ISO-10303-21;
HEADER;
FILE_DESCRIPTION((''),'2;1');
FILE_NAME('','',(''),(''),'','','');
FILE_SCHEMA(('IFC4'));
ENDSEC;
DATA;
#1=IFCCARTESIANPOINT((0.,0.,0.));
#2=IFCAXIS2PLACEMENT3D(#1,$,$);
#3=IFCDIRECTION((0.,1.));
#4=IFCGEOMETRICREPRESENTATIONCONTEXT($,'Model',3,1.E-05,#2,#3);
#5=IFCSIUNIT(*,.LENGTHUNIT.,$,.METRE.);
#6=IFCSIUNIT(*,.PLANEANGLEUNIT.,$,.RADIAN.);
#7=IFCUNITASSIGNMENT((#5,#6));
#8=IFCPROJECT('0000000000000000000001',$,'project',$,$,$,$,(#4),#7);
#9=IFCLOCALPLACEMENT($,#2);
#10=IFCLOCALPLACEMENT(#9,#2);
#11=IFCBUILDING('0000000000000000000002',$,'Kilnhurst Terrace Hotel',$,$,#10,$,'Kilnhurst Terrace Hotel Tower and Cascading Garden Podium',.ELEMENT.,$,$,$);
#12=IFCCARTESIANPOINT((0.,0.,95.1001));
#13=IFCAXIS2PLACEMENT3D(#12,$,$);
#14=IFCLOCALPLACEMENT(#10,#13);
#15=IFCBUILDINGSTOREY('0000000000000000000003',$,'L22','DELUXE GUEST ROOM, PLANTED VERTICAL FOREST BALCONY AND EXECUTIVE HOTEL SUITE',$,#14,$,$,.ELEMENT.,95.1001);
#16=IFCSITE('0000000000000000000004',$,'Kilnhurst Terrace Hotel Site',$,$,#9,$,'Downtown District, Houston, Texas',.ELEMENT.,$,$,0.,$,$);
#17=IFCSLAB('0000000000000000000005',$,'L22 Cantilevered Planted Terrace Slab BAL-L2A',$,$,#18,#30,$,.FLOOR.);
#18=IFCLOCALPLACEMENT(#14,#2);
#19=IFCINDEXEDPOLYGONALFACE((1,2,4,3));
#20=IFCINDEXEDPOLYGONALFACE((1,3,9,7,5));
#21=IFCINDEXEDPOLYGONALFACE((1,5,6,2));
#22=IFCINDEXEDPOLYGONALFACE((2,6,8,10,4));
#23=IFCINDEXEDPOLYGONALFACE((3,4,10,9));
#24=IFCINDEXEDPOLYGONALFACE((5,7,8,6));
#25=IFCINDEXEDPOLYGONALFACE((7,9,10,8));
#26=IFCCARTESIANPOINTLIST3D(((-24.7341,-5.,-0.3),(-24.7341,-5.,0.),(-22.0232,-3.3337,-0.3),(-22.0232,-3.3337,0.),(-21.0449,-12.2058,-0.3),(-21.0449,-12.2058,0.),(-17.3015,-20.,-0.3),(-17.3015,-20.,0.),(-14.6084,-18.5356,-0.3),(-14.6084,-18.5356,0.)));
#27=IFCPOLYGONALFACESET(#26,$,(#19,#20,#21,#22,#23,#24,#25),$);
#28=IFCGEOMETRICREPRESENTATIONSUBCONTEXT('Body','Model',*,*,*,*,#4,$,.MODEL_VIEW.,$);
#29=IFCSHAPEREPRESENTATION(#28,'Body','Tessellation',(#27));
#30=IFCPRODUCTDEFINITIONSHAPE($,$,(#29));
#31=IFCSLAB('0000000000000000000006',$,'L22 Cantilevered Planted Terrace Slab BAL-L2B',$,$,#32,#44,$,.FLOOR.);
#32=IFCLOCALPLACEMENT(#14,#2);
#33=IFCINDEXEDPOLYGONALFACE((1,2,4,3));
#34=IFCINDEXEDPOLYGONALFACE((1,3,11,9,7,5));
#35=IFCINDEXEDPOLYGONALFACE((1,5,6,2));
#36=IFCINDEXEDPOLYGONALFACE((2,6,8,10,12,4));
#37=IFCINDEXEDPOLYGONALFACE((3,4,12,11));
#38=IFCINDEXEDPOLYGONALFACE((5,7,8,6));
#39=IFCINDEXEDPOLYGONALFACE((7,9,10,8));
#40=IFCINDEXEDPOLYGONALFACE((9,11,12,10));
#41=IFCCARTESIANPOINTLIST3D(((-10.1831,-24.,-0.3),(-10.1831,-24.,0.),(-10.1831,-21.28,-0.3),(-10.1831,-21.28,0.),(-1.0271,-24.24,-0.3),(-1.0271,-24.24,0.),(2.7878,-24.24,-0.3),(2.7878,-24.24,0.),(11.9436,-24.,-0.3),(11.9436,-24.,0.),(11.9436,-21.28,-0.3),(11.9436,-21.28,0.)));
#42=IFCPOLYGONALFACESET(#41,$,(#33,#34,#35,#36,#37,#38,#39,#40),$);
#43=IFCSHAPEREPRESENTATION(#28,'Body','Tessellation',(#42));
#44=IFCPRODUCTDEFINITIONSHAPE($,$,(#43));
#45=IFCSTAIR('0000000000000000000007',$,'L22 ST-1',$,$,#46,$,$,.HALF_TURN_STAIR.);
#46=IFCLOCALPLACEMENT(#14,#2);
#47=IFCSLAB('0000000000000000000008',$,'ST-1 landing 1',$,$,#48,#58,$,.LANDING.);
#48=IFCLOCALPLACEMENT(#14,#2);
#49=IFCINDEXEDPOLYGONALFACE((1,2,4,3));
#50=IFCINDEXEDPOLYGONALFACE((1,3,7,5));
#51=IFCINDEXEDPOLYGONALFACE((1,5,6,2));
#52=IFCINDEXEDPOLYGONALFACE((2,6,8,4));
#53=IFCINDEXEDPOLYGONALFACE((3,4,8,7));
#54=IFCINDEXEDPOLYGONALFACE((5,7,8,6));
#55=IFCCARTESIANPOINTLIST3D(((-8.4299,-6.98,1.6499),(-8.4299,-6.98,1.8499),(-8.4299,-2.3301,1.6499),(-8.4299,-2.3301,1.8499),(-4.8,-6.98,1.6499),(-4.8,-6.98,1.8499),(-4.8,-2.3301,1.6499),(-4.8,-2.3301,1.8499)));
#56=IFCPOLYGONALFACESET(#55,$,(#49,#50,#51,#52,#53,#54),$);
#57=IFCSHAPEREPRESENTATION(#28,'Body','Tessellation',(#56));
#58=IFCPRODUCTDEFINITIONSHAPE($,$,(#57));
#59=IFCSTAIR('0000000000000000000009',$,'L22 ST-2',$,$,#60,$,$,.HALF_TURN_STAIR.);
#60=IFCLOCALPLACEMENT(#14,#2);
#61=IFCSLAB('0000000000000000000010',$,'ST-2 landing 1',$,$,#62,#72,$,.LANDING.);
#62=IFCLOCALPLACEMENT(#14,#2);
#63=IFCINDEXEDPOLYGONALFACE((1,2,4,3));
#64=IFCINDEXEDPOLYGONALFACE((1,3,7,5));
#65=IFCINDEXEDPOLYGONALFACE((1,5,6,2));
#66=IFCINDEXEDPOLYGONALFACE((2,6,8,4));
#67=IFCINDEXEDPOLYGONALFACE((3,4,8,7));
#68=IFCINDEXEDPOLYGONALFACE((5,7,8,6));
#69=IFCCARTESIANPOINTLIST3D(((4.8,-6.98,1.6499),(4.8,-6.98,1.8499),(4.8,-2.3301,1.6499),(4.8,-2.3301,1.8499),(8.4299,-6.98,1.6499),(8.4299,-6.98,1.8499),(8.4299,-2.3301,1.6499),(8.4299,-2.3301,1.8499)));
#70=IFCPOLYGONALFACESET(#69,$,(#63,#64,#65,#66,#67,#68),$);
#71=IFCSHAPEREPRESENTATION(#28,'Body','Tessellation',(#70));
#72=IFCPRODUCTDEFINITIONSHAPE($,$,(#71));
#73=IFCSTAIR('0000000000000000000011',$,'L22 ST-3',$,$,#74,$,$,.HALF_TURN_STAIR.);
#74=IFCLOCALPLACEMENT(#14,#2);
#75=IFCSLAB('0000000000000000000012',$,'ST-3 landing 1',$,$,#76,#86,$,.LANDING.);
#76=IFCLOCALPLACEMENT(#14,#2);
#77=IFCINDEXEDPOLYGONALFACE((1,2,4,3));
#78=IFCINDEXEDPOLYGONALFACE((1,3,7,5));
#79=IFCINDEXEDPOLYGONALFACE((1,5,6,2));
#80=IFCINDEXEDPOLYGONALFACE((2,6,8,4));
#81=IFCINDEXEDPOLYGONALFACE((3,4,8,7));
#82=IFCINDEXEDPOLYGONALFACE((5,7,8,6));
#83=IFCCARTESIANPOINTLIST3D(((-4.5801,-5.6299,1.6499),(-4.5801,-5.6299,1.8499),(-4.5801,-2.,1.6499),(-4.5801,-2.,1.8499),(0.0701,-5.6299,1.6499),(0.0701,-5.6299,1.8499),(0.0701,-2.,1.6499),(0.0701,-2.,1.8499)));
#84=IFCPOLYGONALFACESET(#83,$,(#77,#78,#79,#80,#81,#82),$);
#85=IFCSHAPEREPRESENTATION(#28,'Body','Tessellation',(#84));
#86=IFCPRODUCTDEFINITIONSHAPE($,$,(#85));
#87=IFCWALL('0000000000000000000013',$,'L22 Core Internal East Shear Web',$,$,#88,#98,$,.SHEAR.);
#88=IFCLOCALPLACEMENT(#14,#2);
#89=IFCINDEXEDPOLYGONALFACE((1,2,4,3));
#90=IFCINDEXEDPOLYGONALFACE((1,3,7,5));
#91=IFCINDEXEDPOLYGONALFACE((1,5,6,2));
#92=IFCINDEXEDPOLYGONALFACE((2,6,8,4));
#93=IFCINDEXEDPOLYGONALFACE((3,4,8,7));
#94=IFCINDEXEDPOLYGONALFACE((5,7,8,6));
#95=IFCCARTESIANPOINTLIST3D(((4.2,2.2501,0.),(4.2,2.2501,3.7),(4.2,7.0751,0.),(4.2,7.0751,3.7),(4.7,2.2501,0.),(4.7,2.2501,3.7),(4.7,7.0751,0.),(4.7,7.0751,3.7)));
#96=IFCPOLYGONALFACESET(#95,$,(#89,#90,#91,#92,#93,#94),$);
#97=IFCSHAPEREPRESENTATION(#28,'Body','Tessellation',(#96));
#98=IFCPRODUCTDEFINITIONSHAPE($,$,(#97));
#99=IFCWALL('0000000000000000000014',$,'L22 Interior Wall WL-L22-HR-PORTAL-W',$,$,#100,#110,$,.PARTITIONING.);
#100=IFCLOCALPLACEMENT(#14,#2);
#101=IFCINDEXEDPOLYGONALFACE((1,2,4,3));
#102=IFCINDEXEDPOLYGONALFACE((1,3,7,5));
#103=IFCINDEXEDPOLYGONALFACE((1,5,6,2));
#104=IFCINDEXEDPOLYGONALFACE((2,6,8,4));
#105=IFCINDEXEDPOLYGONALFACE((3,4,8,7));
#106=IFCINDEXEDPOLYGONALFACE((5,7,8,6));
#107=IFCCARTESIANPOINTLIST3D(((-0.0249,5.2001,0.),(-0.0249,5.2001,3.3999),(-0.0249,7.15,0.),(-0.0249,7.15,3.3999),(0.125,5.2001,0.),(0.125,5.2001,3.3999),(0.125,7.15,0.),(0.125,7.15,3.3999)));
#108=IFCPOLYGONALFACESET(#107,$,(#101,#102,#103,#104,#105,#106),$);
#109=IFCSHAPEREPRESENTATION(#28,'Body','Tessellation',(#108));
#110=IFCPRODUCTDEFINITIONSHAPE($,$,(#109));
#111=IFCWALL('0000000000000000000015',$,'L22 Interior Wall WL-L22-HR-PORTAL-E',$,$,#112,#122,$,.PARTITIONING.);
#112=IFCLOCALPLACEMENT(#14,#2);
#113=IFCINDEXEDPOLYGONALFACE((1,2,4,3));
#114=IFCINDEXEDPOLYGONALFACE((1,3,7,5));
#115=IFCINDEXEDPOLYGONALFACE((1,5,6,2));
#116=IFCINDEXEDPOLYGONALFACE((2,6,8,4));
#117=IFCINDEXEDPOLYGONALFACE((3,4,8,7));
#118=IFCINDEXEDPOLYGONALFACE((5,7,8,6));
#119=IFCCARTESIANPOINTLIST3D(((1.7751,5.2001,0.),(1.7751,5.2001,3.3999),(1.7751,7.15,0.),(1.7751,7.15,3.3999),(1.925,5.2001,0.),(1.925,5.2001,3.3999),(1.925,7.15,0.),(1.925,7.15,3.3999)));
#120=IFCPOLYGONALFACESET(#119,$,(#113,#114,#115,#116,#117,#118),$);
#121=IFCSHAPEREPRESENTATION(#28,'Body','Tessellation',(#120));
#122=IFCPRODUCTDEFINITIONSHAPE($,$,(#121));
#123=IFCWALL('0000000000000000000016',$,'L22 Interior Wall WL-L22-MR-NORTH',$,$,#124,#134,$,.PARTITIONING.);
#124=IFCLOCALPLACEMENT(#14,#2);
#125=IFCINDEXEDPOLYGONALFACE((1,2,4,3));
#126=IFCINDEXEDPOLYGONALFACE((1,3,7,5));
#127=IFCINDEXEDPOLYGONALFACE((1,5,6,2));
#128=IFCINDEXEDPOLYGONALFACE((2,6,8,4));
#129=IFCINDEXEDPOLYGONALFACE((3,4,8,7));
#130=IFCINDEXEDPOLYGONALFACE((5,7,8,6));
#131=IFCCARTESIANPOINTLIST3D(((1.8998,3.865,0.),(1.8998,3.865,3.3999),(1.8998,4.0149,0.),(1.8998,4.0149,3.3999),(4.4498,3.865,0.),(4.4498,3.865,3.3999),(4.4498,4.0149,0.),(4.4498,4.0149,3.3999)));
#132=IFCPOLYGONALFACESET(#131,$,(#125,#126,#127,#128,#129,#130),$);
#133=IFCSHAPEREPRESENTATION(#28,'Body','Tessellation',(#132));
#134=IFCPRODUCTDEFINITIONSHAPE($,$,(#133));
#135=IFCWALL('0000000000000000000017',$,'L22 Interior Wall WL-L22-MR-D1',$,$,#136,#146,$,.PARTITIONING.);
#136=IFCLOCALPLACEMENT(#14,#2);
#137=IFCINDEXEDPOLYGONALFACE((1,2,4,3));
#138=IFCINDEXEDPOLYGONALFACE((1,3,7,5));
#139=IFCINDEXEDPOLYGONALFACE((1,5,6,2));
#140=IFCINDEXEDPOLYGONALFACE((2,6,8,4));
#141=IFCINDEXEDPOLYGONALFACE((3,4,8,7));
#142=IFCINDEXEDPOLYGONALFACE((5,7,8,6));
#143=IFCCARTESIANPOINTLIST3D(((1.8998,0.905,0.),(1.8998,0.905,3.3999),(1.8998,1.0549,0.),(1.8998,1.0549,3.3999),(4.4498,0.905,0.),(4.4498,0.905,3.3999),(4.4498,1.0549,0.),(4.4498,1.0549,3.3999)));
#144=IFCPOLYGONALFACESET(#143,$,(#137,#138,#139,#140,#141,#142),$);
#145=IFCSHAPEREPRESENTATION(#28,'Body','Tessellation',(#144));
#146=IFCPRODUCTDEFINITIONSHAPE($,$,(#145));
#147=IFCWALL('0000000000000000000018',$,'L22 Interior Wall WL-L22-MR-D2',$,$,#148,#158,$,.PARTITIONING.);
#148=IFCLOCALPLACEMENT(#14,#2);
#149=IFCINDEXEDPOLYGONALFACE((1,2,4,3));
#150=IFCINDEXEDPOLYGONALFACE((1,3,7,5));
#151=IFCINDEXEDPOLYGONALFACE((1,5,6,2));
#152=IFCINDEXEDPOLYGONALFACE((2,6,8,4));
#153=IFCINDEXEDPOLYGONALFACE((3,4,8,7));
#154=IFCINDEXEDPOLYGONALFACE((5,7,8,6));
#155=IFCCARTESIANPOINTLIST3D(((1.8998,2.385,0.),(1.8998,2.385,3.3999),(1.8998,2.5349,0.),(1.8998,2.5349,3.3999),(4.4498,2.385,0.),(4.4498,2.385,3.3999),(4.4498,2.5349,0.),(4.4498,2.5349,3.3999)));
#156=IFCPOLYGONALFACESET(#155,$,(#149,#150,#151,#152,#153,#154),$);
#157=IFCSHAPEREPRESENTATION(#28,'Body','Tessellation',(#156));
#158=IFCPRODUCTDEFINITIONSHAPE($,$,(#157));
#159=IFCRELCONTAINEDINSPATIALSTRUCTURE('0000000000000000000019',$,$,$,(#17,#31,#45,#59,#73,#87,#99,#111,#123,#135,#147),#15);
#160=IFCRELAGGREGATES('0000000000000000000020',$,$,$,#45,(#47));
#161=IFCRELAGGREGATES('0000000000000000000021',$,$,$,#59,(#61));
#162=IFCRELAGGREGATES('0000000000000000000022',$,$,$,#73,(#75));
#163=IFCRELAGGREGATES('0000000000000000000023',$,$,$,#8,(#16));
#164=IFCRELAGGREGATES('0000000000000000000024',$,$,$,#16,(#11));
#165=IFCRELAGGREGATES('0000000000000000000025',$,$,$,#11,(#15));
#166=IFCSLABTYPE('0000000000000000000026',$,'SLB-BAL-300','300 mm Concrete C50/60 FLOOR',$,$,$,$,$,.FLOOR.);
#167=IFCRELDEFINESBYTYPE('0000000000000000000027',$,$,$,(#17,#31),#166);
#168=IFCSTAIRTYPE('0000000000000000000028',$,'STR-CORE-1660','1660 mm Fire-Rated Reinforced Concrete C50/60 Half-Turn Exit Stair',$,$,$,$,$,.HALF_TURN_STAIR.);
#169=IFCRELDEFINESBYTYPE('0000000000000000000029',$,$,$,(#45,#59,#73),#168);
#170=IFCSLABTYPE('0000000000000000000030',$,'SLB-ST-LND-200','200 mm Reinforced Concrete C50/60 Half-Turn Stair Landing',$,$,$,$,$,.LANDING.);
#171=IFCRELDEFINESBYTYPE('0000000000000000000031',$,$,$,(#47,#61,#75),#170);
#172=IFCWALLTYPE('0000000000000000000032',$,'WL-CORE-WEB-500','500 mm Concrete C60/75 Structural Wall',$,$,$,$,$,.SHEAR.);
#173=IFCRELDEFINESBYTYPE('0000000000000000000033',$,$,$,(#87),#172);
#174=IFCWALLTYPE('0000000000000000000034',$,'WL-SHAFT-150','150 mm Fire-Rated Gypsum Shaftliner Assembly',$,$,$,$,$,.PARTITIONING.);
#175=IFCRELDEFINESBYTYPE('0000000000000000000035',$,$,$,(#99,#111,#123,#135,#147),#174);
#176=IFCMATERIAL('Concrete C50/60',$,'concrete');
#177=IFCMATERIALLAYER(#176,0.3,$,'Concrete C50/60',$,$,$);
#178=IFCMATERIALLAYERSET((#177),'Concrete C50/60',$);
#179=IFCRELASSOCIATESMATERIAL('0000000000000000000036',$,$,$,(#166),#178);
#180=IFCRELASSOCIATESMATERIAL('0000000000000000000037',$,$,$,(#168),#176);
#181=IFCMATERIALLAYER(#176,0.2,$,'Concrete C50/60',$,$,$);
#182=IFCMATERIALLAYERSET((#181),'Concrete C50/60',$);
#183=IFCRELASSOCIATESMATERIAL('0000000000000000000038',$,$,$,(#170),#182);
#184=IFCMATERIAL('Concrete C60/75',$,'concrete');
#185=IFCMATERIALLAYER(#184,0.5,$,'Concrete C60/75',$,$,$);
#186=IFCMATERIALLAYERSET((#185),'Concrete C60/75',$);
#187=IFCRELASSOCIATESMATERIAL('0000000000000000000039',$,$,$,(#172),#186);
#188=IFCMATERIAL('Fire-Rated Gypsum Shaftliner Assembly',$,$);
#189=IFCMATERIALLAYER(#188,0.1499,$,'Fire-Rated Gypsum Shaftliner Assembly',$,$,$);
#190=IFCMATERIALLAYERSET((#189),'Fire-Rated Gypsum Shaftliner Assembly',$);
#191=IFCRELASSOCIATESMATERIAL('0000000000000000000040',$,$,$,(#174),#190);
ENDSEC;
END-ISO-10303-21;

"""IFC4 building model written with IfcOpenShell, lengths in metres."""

from ifc_helpers import new_model, si_unit, direction, frame, frame_2d, origin, place, context, subcontext, project, spatial, polyline, rectangle, outline, extrude, material, layer, layer_set, type_object, element, aggregate, save


model = new_model("IFC4")

# Units and contexts
model_context = context("Model", 3, precision=1e-05, world=origin(), true_north=direction((0.0, 1.0)))
body_context = subcontext(model_context, "Body", "Model", "MODEL_VIEW")
ifc_project = project(units=[si_unit("LENGTHUNIT", "METRE"), si_unit("PLANEANGLEUNIT", "RADIAN")], contexts=[model_context])

# Site, building, storey
site_placement = place(None, origin())
site = spatial("IfcSite", under=ifc_project, at=site_placement, Name="Kilnhurst Terrace Hotel Site", LongName="Downtown District, Houston, Texas", CompositionType="ELEMENT", RefElevation=0.0)
building_placement = place(site_placement, origin())
building = spatial("IfcBuilding", under=site, at=building_placement, Name="Kilnhurst Terrace Hotel", LongName="Kilnhurst Terrace Hotel Tower and Cascading Garden Podium", CompositionType="ELEMENT")
storey_placement = place(building_placement, frame((0.0, 0.0, 95.1001)))
storey = spatial("IfcBuildingStorey", under=building, at=storey_placement, Name="L22", Description="DELUXE GUEST ROOM, PLANTED VERTICAL FOREST BALCONY AND EXECUTIVE HOTEL SUITE", CompositionType="ELEMENT", Elevation=95.1001)

# Slabs
ifc_material_1 = material(Name="Concrete C50/60", Category="concrete")
ifc_layer_1 = layer(ifc_material_1, 0.3, Name="Concrete C50/60")
ifc_layer_set_1 = layer_set([ifc_layer_1], Name="Concrete C50/60")
slab_type_1 = type_object("IfcSlabType", Name="SLB-BAL-300", Description="300 mm Concrete C50/60 FLOOR", PredefinedType="FLOOR", material=ifc_layer_set_1)
slab_1_placement = place(storey_placement, frame((0.0, 0.0, -0.3)))
element("IfcSlab", 1, at=slab_1_placement, inside=storey, type_object=slab_type_1, Name="L22 Cantilevered Planted Terrace Slab BAL-L2A", PredefinedType="FLOOR", context=body_context, shape_type="SweptSolid", body=[
    extrude(outline(polyline([(-24.7341, -5.0), (-22.0232, -3.3337), (-14.6084, -18.5356), (-17.3015, -20.0), (-21.0449, -12.2058), (-24.7341, -5.0)])), origin(), (0.0, 0.0, 1.0), 0.3),
])
slab_2_placement = place(storey_placement, frame((0.0, 0.0, -0.3)))
element("IfcSlab", 2, at=slab_2_placement, inside=storey, type_object=slab_type_1, Name="L22 Cantilevered Planted Terrace Slab BAL-L2B", PredefinedType="FLOOR", context=body_context, shape_type="SweptSolid", body=[
    extrude(outline(polyline([(-1.0271, -24.24), (-10.1831, -24.0), (-10.1831, -21.28), (11.9436, -21.28), (11.9436, -24.0), (2.7878, -24.24), (-1.0271, -24.24)])), origin(), (0.0, 0.0, 1.0), 0.3),
])

# Stairs, slabs
stair_type = type_object("IfcStairType", Name="STR-CORE-1660", Description="1660 mm Fire-Rated Reinforced Concrete C50/60 Half-Turn Exit Stair", PredefinedType="HALF_TURN_STAIR", material=ifc_material_1)
stair_1_placement = place(storey_placement, origin())
stair_1 = element("IfcStair", 3, at=stair_1_placement, inside=storey, type_object=stair_type, Name="L22 ST-1", PredefinedType="HALF_TURN_STAIR")
ifc_layer_2 = layer(ifc_material_1, 0.2, Name="Concrete C50/60")
ifc_layer_set_2 = layer_set([ifc_layer_2], Name="Concrete C50/60")
slab_type_2 = type_object("IfcSlabType", Name="SLB-ST-LND-200", Description="200 mm Reinforced Concrete C50/60 Half-Turn Stair Landing", PredefinedType="LANDING", material=ifc_layer_set_2)
slab_3_placement = place(storey_placement, frame((0.0, 0.0, 1.6499)))
slab_3 = element("IfcSlab", 4, at=slab_3_placement, type_object=slab_type_2, Name="ST-1 landing 1", PredefinedType="LANDING", context=body_context, shape_type="SweptSolid", body=[
    extrude(outline(polyline([(-8.4299, -2.3301), (-4.8, -2.3301), (-4.8, -6.98), (-8.4299, -6.98), (-8.4299, -2.3301)])), origin(), (0.0, 0.0, 1.0), 0.2),
])
aggregate(stair_1, [slab_3])
stair_2_placement = place(storey_placement, origin())
stair_2 = element("IfcStair", 5, at=stair_2_placement, inside=storey, type_object=stair_type, Name="L22 ST-2", PredefinedType="HALF_TURN_STAIR")
slab_4_placement = place(storey_placement, frame((0.0, 0.0, 1.6499)))
slab_4 = element("IfcSlab", 6, at=slab_4_placement, type_object=slab_type_2, Name="ST-2 landing 1", PredefinedType="LANDING", context=body_context, shape_type="SweptSolid", body=[
    extrude(outline(polyline([(4.8, -2.3301), (8.4299, -2.3301), (8.4299, -6.98), (4.8, -6.98), (4.8, -2.3301)])), origin(), (0.0, 0.0, 1.0), 0.2),
])
aggregate(stair_2, [slab_4])
stair_3_placement = place(storey_placement, origin())
stair_3 = element("IfcStair", 7, at=stair_3_placement, inside=storey, type_object=stair_type, Name="L22 ST-3", PredefinedType="HALF_TURN_STAIR")
slab_5_placement = place(storey_placement, frame((0.0, 0.0, 1.6499)))
slab_5 = element("IfcSlab", 8, at=slab_5_placement, type_object=slab_type_2, Name="ST-3 landing 1", PredefinedType="LANDING", context=body_context, shape_type="SweptSolid", body=[
    extrude(outline(polyline([(0.0701, -2.0), (0.0701, -5.6299), (-4.5801, -5.6299), (-4.5801, -2.0), (0.0701, -2.0)])), origin(), (0.0, 0.0, 1.0), 0.2),
])
aggregate(stair_3, [slab_5])

# Walls
ifc_material_2 = material(Name="Concrete C60/75", Category="concrete")
ifc_layer_3 = layer(ifc_material_2, 0.5, Name="Concrete C60/75")
ifc_layer_set_3 = layer_set([ifc_layer_3], Name="Concrete C60/75")
wall_type_1 = type_object("IfcWallType", Name="WL-CORE-WEB-500", Description="500 mm Concrete C60/75 Structural Wall", PredefinedType="SHEAR", material=ifc_layer_set_3)
wall_1_placement = place(storey_placement, frame((4.45, 2.25, 0.0), z_axis=(0.0, 0.0, 1.0), x_axis=(0.0, 1.0, 0.0)))
element("IfcWall", 9, at=wall_1_placement, inside=storey, type_object=wall_type_1, Name="L22 Core Internal East Shear Web", PredefinedType="SHEAR", context=body_context, shape_type="SweptSolid", body=[
    extrude(rectangle(XDim=4.825, YDim=0.5, at=frame_2d((2.4126, 0.0))), origin(), (0.0, 0.0, 1.0), 3.7),
])
ifc_material_3 = material(Name="Fire-Rated Gypsum Shaftliner Assembly")
ifc_layer_4 = layer(ifc_material_3, 0.1499, Name="Fire-Rated Gypsum Shaftliner Assembly")
ifc_layer_set_4 = layer_set([ifc_layer_4], Name="Fire-Rated Gypsum Shaftliner Assembly")
wall_type_2 = type_object("IfcWallType", Name="WL-SHAFT-150", Description="150 mm Fire-Rated Gypsum Shaftliner Assembly", PredefinedType="PARTITIONING", material=ifc_layer_set_4)
for number, where, z_axis, x_axis, name in (
    (10, (0.05, 5.2, 0.0), (0.0, 0.0, 1.0), (0.0, 1.0, 0.0), "L22 Interior Wall WL-L22-HR-PORTAL-W"),
    (11, (1.8501, 5.2, 0.0), (0.0, 0.0, 1.0), (0.0, 1.0, 0.0), "L22 Interior Wall WL-L22-HR-PORTAL-E"),
):
    element("IfcWall", number, at=place(storey_placement, frame(where, z_axis=z_axis, x_axis=x_axis)), inside=storey, type_object=wall_type_2, Name=name, PredefinedType="PARTITIONING", context=body_context, shape_type="SweptSolid", body=[
        extrude(rectangle(XDim=1.95, YDim=0.1499, at=frame_2d((0.9751, 0.0))), origin(), (0.0, 0.0, 1.0), 3.3999),
    ])
for number, where, z_axis, x_axis, name in (
    (12, (1.8999, 3.9399, 0.0), (0.0, 0.0, 1.0), (1.0, 0.0, 0.0), "L22 Interior Wall WL-L22-MR-NORTH"),
    (13, (1.8999, 0.98, 0.0), (0.0, 0.0, 1.0), (1.0, 0.0, 0.0), "L22 Interior Wall WL-L22-MR-D1"),
    (14, (1.8999, 2.46, 0.0), (0.0, 0.0, 1.0), (1.0, 0.0, 0.0), "L22 Interior Wall WL-L22-MR-D2"),
):
    element("IfcWall", number, at=place(storey_placement, frame(where, z_axis=z_axis, x_axis=x_axis)), inside=storey, type_object=wall_type_2, Name=name, PredefinedType="PARTITIONING", context=body_context, shape_type="SweptSolid", body=[
        extrude(rectangle(XDim=2.55, YDim=0.1499, at=frame_2d((1.2749, 0.0))), origin(), (0.0, 0.0, 1.0), 3.3999),
    ])

save(model, "model.ifc")
